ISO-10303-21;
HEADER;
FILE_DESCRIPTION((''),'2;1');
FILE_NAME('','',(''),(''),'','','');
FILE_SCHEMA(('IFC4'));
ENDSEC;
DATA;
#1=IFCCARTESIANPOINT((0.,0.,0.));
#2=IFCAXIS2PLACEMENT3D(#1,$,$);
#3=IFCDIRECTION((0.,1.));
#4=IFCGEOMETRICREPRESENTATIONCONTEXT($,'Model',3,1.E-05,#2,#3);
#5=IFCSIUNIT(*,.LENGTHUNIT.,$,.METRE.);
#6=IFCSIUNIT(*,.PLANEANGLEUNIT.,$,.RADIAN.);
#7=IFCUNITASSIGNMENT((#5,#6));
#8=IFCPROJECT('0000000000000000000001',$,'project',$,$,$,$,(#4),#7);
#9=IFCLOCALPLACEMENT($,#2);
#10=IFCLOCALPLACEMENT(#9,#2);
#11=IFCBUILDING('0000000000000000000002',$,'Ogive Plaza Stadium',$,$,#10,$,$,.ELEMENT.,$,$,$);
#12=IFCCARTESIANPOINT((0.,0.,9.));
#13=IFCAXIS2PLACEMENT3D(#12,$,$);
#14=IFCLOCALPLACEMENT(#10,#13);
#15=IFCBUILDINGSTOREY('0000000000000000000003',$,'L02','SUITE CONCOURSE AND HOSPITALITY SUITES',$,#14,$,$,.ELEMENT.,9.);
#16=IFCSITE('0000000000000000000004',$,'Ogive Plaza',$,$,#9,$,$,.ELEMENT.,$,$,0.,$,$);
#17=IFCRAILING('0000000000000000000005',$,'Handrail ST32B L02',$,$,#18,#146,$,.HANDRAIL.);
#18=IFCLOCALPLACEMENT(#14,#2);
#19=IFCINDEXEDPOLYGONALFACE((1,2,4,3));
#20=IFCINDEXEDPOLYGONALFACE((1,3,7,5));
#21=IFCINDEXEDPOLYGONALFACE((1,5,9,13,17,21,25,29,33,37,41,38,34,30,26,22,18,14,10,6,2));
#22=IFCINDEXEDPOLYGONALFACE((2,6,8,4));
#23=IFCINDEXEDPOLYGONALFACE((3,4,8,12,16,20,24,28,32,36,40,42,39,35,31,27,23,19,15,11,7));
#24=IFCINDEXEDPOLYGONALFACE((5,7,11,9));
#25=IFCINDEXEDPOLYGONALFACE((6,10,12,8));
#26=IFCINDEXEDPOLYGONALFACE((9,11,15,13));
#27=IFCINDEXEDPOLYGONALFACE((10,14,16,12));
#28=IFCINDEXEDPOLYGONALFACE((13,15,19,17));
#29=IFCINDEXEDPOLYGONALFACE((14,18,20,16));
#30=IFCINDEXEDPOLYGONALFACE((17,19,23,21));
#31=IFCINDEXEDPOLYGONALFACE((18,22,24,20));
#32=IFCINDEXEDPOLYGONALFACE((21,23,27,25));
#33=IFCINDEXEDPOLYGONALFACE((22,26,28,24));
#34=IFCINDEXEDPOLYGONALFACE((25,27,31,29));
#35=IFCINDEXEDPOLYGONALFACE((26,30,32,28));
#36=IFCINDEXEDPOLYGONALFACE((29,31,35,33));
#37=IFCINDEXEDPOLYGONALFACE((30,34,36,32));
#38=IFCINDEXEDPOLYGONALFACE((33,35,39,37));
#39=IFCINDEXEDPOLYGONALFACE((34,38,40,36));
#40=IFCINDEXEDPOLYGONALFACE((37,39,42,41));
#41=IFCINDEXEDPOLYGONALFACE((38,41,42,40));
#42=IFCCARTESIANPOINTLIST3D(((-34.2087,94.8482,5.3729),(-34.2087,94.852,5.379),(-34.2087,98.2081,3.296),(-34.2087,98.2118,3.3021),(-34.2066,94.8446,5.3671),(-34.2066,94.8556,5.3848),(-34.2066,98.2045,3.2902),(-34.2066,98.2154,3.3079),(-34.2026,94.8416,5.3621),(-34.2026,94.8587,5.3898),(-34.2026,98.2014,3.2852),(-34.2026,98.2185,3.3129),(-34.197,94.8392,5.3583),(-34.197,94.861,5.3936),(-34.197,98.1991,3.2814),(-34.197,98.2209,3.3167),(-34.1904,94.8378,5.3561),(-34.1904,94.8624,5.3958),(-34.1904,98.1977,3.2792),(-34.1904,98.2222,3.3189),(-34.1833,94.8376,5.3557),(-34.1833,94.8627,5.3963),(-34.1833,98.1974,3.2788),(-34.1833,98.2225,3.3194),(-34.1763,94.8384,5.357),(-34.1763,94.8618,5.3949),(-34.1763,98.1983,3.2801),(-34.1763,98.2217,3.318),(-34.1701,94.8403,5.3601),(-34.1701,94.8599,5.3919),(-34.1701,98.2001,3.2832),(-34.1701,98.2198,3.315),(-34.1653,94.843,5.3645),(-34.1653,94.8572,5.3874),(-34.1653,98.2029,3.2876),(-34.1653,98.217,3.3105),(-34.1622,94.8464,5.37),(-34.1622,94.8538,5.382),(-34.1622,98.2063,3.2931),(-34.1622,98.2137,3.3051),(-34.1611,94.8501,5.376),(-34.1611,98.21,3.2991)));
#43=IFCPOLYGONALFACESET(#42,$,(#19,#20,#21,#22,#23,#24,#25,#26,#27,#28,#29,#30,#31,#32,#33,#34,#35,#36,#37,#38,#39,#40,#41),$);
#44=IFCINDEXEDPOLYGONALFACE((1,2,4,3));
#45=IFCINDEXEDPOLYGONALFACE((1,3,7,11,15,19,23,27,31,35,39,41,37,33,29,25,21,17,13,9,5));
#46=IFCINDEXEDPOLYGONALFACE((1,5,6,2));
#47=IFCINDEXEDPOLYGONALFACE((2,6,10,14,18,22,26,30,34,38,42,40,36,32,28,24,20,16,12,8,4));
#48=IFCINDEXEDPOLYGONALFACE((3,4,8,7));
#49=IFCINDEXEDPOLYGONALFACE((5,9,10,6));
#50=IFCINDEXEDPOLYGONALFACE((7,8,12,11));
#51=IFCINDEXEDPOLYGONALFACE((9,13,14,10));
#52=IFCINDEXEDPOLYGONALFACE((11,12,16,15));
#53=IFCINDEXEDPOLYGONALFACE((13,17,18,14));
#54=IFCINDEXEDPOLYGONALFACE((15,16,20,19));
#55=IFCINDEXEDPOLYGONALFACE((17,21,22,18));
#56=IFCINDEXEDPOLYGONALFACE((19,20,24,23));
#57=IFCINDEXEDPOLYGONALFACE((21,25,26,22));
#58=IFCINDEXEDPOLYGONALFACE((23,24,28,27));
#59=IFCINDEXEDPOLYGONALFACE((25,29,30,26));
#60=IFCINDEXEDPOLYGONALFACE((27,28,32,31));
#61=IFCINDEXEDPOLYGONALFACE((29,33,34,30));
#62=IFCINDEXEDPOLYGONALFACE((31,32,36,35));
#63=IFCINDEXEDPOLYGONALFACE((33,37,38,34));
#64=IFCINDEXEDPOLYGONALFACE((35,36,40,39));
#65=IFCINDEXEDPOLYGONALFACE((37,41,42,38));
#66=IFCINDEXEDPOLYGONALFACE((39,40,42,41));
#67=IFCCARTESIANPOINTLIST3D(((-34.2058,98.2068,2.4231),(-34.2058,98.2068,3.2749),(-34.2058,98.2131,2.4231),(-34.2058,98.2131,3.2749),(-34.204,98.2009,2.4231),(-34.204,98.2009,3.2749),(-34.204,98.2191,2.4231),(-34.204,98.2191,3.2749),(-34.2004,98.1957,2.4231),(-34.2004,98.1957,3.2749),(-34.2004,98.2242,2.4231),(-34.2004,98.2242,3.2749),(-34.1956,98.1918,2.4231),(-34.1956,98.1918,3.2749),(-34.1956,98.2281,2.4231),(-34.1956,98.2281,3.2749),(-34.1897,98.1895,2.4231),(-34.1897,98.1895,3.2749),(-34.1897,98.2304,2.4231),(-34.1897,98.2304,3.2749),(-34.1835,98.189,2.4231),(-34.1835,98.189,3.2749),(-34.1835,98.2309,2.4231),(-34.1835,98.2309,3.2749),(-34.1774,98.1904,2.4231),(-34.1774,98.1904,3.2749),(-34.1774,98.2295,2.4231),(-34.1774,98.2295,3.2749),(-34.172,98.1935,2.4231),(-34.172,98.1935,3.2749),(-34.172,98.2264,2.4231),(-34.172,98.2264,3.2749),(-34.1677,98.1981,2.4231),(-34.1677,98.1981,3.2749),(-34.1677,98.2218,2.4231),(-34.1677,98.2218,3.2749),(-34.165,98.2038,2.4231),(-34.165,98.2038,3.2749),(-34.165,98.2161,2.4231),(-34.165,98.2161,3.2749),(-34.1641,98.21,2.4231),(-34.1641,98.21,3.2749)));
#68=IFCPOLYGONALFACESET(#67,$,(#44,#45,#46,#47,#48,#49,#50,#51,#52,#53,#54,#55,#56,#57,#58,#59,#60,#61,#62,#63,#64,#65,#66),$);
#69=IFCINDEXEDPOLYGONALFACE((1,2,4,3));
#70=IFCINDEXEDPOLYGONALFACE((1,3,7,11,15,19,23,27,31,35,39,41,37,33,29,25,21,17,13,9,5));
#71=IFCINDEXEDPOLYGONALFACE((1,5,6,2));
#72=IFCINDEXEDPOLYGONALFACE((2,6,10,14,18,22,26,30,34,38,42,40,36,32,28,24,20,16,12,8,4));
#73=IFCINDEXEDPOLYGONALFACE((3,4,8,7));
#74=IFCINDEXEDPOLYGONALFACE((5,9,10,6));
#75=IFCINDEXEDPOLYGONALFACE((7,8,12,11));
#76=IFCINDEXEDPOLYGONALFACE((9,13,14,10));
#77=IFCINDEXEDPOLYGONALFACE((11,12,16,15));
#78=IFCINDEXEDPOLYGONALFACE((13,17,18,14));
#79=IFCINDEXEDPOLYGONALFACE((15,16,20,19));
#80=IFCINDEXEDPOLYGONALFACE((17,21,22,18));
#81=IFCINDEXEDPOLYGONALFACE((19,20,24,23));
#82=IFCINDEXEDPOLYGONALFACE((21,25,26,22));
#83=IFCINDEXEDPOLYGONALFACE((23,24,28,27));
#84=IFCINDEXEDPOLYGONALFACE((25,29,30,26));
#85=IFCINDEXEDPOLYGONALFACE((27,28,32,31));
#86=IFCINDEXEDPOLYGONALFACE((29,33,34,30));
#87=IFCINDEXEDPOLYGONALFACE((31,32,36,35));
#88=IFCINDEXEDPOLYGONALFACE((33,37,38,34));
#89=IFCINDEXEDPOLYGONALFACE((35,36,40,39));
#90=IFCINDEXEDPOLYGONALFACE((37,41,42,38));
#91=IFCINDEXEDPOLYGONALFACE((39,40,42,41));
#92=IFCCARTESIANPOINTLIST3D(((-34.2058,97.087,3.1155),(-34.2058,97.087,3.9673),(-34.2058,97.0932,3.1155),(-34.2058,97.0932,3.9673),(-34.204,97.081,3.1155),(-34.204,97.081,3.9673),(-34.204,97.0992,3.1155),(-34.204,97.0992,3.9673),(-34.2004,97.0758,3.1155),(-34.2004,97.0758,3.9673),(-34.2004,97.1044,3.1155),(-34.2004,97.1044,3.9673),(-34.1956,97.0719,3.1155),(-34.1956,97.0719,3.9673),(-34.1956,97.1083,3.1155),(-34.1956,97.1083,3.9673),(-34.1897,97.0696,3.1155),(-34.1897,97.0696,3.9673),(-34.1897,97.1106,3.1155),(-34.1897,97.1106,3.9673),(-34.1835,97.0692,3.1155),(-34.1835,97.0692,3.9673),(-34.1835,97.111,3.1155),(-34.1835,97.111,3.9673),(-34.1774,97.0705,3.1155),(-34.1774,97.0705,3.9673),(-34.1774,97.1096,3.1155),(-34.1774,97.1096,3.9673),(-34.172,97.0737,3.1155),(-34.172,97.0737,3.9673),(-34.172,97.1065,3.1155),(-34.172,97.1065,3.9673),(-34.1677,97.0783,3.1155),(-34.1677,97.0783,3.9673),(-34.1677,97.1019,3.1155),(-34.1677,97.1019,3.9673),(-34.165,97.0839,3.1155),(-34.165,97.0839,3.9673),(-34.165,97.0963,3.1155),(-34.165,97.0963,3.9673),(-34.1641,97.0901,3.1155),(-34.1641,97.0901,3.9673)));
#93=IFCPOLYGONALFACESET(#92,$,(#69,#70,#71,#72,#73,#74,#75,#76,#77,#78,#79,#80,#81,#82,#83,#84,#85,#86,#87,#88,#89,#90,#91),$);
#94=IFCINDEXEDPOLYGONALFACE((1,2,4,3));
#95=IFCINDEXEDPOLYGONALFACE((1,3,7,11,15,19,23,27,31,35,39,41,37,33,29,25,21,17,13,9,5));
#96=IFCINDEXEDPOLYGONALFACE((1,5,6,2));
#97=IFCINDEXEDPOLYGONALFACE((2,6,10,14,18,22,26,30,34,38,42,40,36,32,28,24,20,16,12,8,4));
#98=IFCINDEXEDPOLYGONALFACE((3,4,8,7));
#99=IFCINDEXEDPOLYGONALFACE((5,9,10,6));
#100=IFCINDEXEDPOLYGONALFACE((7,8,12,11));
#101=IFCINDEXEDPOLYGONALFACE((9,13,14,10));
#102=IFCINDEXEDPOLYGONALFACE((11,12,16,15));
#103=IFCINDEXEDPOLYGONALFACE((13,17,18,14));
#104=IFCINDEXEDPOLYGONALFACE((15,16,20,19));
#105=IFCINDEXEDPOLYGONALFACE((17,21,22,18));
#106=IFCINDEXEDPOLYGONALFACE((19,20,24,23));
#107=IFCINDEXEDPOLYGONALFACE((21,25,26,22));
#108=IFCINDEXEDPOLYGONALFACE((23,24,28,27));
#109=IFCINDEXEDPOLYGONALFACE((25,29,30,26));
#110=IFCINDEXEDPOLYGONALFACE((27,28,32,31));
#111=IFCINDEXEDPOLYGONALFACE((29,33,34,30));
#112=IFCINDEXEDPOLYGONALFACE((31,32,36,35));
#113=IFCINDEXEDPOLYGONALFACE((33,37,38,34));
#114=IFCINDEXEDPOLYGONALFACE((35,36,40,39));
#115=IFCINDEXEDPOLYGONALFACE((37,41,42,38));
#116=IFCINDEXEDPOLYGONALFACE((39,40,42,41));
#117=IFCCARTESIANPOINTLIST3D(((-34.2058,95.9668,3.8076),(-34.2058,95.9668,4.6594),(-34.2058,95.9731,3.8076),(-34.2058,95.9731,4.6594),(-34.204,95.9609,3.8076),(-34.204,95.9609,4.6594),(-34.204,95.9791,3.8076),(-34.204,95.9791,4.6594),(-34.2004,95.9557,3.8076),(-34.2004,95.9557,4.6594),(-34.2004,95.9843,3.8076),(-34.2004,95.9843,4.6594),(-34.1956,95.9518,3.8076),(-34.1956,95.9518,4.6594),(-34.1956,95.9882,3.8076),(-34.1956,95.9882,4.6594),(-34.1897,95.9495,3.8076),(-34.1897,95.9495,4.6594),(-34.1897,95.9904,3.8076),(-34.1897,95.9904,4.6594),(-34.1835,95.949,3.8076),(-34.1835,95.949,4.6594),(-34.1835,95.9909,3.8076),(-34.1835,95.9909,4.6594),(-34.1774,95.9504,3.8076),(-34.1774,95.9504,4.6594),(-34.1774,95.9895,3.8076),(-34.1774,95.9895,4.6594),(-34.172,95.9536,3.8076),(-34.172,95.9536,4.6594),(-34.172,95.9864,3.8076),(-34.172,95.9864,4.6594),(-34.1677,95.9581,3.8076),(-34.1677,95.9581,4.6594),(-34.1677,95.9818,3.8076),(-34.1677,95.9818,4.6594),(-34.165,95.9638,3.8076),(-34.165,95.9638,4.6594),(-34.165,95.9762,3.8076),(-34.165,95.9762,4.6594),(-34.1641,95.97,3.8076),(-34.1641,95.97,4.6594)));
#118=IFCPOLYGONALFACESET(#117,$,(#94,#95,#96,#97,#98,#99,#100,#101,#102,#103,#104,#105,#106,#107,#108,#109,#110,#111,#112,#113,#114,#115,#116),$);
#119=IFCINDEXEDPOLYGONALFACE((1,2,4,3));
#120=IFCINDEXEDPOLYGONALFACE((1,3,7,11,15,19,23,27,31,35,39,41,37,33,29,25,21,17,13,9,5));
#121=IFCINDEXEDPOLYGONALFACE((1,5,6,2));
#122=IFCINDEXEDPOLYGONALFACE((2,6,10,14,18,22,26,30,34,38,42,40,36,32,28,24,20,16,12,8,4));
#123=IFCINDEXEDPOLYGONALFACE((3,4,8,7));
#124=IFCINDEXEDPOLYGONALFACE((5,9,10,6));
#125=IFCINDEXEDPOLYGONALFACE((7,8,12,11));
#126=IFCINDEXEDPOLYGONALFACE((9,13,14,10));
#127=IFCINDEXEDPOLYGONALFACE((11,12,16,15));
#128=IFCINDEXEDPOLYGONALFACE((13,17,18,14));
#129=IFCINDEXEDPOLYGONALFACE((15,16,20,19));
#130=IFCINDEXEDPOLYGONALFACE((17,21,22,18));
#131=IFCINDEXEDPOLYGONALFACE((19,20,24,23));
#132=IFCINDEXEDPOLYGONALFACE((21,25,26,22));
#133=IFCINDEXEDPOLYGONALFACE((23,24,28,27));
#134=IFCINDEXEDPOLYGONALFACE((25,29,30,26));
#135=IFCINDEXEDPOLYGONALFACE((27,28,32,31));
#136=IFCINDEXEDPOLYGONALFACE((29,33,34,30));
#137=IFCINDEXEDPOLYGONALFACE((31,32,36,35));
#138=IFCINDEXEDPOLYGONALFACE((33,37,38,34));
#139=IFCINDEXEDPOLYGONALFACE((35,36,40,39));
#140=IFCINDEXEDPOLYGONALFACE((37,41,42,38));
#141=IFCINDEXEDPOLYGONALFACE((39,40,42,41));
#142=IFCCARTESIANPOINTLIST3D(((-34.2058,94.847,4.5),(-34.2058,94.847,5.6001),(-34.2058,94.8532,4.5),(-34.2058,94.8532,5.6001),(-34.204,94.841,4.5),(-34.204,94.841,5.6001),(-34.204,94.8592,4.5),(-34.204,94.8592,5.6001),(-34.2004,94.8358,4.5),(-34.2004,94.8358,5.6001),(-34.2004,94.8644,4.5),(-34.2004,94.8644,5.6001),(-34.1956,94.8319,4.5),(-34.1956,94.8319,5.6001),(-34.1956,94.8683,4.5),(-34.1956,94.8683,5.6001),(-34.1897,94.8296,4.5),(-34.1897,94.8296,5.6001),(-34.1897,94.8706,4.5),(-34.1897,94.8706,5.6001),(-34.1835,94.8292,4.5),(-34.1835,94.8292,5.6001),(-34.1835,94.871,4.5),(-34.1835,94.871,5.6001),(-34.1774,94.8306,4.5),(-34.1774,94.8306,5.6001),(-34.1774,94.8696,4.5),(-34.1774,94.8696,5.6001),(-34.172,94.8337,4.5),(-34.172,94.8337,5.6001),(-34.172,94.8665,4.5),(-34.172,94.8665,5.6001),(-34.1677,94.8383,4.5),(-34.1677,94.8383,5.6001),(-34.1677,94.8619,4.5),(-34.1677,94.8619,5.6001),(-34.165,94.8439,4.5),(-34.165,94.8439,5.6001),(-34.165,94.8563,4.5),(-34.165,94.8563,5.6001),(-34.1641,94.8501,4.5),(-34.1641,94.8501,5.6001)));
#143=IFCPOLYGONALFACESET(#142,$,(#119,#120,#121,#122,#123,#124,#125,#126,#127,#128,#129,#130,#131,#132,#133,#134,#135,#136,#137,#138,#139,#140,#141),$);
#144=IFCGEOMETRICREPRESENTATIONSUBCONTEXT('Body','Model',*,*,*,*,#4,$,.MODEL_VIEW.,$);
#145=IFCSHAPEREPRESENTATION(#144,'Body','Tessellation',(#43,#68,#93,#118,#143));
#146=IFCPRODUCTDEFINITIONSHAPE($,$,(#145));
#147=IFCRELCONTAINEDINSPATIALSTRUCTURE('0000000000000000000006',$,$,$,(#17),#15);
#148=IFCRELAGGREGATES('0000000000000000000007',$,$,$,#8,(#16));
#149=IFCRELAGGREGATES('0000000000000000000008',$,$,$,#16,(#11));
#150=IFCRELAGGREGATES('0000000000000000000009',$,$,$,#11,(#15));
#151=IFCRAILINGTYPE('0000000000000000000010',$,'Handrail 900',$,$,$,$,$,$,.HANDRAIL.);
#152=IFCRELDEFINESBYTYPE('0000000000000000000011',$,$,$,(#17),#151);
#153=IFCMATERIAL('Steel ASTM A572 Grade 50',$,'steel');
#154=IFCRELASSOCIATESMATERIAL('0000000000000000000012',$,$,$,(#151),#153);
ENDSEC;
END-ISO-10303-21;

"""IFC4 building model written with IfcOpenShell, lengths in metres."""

from ifc_helpers import new_model, si_unit, direction, frame, origin, origin_2d, place, context, subcontext, project, spatial, circle, extrude, material, type_object, element, save


model = new_model("IFC4")

# Units and contexts
model_context = context("Model", 3, precision=1e-05, world=origin(), true_north=direction((0.0, 1.0)))
body_context = subcontext(model_context, "Body", "Model", "MODEL_VIEW")
ifc_project = project(units=[si_unit("LENGTHUNIT", "METRE"), si_unit("PLANEANGLEUNIT", "RADIAN")], contexts=[model_context])

# Site, building, storey
site_placement = place(None, origin())
site = spatial("IfcSite", under=ifc_project, at=site_placement, Name="Ogive Plaza", CompositionType="ELEMENT", RefElevation=0.0)
building_placement = place(site_placement, origin())
building = spatial("IfcBuilding", under=site, at=building_placement, Name="Ogive Plaza Stadium", CompositionType="ELEMENT")
storey_placement = place(building_placement, frame((0.0, 0.0, 9.0)))
storey = spatial("IfcBuildingStorey", under=building, at=storey_placement, Name="L02", Description="SUITE CONCOURSE AND HOSPITALITY SUITES", CompositionType="ELEMENT", Elevation=9.0)

# Railing
ifc_material_1 = material(Name="Steel ASTM A572 Grade 50", Category="steel")
railing_type_1 = type_object("IfcRailingType", Name="Handrail 900", PredefinedType="HANDRAIL", material=ifc_material_1)
for number, where, name in (
    (1, (-34.1851, 98.21, 2.4231), "Handrail ST32B L02"),
):
    element("IfcRailing", number, at=place(storey_placement, frame(where)), inside=storey, type_object=railing_type_1, Name=name, PredefinedType="HANDRAIL", context=body_context, shape_type="SweptSolid", body=[
        extrude(circle(Radius=0.0239, at=origin_2d()), frame((0.0, 0.0, 0.876), z_axis=(0.0, -0.850606, 0.525803), x_axis=(1.0, 0.0, 0.0)), (0.0, 0.0, 1.0), 3.95),
        extrude(circle(Radius=0.021, at=origin_2d()), origin(), (0.0, 0.0, 1.0), 0.8518),
        extrude(circle(Radius=0.021, at=origin_2d()), frame((0.0, -1.1199, 0.6924)), (0.0, 0.0, 1.0), 0.8518),
        extrude(circle(Radius=0.021, at=origin_2d()), frame((0.0, -2.24, 1.3845)), (0.0, 0.0, 1.0), 0.8518),
        extrude(circle(Radius=0.021, at=origin_2d()), frame((0.0, -3.3599, 2.0769)), (0.0, 0.0, 1.0), 1.1001),
    ])

save(model, "model.ifc")
